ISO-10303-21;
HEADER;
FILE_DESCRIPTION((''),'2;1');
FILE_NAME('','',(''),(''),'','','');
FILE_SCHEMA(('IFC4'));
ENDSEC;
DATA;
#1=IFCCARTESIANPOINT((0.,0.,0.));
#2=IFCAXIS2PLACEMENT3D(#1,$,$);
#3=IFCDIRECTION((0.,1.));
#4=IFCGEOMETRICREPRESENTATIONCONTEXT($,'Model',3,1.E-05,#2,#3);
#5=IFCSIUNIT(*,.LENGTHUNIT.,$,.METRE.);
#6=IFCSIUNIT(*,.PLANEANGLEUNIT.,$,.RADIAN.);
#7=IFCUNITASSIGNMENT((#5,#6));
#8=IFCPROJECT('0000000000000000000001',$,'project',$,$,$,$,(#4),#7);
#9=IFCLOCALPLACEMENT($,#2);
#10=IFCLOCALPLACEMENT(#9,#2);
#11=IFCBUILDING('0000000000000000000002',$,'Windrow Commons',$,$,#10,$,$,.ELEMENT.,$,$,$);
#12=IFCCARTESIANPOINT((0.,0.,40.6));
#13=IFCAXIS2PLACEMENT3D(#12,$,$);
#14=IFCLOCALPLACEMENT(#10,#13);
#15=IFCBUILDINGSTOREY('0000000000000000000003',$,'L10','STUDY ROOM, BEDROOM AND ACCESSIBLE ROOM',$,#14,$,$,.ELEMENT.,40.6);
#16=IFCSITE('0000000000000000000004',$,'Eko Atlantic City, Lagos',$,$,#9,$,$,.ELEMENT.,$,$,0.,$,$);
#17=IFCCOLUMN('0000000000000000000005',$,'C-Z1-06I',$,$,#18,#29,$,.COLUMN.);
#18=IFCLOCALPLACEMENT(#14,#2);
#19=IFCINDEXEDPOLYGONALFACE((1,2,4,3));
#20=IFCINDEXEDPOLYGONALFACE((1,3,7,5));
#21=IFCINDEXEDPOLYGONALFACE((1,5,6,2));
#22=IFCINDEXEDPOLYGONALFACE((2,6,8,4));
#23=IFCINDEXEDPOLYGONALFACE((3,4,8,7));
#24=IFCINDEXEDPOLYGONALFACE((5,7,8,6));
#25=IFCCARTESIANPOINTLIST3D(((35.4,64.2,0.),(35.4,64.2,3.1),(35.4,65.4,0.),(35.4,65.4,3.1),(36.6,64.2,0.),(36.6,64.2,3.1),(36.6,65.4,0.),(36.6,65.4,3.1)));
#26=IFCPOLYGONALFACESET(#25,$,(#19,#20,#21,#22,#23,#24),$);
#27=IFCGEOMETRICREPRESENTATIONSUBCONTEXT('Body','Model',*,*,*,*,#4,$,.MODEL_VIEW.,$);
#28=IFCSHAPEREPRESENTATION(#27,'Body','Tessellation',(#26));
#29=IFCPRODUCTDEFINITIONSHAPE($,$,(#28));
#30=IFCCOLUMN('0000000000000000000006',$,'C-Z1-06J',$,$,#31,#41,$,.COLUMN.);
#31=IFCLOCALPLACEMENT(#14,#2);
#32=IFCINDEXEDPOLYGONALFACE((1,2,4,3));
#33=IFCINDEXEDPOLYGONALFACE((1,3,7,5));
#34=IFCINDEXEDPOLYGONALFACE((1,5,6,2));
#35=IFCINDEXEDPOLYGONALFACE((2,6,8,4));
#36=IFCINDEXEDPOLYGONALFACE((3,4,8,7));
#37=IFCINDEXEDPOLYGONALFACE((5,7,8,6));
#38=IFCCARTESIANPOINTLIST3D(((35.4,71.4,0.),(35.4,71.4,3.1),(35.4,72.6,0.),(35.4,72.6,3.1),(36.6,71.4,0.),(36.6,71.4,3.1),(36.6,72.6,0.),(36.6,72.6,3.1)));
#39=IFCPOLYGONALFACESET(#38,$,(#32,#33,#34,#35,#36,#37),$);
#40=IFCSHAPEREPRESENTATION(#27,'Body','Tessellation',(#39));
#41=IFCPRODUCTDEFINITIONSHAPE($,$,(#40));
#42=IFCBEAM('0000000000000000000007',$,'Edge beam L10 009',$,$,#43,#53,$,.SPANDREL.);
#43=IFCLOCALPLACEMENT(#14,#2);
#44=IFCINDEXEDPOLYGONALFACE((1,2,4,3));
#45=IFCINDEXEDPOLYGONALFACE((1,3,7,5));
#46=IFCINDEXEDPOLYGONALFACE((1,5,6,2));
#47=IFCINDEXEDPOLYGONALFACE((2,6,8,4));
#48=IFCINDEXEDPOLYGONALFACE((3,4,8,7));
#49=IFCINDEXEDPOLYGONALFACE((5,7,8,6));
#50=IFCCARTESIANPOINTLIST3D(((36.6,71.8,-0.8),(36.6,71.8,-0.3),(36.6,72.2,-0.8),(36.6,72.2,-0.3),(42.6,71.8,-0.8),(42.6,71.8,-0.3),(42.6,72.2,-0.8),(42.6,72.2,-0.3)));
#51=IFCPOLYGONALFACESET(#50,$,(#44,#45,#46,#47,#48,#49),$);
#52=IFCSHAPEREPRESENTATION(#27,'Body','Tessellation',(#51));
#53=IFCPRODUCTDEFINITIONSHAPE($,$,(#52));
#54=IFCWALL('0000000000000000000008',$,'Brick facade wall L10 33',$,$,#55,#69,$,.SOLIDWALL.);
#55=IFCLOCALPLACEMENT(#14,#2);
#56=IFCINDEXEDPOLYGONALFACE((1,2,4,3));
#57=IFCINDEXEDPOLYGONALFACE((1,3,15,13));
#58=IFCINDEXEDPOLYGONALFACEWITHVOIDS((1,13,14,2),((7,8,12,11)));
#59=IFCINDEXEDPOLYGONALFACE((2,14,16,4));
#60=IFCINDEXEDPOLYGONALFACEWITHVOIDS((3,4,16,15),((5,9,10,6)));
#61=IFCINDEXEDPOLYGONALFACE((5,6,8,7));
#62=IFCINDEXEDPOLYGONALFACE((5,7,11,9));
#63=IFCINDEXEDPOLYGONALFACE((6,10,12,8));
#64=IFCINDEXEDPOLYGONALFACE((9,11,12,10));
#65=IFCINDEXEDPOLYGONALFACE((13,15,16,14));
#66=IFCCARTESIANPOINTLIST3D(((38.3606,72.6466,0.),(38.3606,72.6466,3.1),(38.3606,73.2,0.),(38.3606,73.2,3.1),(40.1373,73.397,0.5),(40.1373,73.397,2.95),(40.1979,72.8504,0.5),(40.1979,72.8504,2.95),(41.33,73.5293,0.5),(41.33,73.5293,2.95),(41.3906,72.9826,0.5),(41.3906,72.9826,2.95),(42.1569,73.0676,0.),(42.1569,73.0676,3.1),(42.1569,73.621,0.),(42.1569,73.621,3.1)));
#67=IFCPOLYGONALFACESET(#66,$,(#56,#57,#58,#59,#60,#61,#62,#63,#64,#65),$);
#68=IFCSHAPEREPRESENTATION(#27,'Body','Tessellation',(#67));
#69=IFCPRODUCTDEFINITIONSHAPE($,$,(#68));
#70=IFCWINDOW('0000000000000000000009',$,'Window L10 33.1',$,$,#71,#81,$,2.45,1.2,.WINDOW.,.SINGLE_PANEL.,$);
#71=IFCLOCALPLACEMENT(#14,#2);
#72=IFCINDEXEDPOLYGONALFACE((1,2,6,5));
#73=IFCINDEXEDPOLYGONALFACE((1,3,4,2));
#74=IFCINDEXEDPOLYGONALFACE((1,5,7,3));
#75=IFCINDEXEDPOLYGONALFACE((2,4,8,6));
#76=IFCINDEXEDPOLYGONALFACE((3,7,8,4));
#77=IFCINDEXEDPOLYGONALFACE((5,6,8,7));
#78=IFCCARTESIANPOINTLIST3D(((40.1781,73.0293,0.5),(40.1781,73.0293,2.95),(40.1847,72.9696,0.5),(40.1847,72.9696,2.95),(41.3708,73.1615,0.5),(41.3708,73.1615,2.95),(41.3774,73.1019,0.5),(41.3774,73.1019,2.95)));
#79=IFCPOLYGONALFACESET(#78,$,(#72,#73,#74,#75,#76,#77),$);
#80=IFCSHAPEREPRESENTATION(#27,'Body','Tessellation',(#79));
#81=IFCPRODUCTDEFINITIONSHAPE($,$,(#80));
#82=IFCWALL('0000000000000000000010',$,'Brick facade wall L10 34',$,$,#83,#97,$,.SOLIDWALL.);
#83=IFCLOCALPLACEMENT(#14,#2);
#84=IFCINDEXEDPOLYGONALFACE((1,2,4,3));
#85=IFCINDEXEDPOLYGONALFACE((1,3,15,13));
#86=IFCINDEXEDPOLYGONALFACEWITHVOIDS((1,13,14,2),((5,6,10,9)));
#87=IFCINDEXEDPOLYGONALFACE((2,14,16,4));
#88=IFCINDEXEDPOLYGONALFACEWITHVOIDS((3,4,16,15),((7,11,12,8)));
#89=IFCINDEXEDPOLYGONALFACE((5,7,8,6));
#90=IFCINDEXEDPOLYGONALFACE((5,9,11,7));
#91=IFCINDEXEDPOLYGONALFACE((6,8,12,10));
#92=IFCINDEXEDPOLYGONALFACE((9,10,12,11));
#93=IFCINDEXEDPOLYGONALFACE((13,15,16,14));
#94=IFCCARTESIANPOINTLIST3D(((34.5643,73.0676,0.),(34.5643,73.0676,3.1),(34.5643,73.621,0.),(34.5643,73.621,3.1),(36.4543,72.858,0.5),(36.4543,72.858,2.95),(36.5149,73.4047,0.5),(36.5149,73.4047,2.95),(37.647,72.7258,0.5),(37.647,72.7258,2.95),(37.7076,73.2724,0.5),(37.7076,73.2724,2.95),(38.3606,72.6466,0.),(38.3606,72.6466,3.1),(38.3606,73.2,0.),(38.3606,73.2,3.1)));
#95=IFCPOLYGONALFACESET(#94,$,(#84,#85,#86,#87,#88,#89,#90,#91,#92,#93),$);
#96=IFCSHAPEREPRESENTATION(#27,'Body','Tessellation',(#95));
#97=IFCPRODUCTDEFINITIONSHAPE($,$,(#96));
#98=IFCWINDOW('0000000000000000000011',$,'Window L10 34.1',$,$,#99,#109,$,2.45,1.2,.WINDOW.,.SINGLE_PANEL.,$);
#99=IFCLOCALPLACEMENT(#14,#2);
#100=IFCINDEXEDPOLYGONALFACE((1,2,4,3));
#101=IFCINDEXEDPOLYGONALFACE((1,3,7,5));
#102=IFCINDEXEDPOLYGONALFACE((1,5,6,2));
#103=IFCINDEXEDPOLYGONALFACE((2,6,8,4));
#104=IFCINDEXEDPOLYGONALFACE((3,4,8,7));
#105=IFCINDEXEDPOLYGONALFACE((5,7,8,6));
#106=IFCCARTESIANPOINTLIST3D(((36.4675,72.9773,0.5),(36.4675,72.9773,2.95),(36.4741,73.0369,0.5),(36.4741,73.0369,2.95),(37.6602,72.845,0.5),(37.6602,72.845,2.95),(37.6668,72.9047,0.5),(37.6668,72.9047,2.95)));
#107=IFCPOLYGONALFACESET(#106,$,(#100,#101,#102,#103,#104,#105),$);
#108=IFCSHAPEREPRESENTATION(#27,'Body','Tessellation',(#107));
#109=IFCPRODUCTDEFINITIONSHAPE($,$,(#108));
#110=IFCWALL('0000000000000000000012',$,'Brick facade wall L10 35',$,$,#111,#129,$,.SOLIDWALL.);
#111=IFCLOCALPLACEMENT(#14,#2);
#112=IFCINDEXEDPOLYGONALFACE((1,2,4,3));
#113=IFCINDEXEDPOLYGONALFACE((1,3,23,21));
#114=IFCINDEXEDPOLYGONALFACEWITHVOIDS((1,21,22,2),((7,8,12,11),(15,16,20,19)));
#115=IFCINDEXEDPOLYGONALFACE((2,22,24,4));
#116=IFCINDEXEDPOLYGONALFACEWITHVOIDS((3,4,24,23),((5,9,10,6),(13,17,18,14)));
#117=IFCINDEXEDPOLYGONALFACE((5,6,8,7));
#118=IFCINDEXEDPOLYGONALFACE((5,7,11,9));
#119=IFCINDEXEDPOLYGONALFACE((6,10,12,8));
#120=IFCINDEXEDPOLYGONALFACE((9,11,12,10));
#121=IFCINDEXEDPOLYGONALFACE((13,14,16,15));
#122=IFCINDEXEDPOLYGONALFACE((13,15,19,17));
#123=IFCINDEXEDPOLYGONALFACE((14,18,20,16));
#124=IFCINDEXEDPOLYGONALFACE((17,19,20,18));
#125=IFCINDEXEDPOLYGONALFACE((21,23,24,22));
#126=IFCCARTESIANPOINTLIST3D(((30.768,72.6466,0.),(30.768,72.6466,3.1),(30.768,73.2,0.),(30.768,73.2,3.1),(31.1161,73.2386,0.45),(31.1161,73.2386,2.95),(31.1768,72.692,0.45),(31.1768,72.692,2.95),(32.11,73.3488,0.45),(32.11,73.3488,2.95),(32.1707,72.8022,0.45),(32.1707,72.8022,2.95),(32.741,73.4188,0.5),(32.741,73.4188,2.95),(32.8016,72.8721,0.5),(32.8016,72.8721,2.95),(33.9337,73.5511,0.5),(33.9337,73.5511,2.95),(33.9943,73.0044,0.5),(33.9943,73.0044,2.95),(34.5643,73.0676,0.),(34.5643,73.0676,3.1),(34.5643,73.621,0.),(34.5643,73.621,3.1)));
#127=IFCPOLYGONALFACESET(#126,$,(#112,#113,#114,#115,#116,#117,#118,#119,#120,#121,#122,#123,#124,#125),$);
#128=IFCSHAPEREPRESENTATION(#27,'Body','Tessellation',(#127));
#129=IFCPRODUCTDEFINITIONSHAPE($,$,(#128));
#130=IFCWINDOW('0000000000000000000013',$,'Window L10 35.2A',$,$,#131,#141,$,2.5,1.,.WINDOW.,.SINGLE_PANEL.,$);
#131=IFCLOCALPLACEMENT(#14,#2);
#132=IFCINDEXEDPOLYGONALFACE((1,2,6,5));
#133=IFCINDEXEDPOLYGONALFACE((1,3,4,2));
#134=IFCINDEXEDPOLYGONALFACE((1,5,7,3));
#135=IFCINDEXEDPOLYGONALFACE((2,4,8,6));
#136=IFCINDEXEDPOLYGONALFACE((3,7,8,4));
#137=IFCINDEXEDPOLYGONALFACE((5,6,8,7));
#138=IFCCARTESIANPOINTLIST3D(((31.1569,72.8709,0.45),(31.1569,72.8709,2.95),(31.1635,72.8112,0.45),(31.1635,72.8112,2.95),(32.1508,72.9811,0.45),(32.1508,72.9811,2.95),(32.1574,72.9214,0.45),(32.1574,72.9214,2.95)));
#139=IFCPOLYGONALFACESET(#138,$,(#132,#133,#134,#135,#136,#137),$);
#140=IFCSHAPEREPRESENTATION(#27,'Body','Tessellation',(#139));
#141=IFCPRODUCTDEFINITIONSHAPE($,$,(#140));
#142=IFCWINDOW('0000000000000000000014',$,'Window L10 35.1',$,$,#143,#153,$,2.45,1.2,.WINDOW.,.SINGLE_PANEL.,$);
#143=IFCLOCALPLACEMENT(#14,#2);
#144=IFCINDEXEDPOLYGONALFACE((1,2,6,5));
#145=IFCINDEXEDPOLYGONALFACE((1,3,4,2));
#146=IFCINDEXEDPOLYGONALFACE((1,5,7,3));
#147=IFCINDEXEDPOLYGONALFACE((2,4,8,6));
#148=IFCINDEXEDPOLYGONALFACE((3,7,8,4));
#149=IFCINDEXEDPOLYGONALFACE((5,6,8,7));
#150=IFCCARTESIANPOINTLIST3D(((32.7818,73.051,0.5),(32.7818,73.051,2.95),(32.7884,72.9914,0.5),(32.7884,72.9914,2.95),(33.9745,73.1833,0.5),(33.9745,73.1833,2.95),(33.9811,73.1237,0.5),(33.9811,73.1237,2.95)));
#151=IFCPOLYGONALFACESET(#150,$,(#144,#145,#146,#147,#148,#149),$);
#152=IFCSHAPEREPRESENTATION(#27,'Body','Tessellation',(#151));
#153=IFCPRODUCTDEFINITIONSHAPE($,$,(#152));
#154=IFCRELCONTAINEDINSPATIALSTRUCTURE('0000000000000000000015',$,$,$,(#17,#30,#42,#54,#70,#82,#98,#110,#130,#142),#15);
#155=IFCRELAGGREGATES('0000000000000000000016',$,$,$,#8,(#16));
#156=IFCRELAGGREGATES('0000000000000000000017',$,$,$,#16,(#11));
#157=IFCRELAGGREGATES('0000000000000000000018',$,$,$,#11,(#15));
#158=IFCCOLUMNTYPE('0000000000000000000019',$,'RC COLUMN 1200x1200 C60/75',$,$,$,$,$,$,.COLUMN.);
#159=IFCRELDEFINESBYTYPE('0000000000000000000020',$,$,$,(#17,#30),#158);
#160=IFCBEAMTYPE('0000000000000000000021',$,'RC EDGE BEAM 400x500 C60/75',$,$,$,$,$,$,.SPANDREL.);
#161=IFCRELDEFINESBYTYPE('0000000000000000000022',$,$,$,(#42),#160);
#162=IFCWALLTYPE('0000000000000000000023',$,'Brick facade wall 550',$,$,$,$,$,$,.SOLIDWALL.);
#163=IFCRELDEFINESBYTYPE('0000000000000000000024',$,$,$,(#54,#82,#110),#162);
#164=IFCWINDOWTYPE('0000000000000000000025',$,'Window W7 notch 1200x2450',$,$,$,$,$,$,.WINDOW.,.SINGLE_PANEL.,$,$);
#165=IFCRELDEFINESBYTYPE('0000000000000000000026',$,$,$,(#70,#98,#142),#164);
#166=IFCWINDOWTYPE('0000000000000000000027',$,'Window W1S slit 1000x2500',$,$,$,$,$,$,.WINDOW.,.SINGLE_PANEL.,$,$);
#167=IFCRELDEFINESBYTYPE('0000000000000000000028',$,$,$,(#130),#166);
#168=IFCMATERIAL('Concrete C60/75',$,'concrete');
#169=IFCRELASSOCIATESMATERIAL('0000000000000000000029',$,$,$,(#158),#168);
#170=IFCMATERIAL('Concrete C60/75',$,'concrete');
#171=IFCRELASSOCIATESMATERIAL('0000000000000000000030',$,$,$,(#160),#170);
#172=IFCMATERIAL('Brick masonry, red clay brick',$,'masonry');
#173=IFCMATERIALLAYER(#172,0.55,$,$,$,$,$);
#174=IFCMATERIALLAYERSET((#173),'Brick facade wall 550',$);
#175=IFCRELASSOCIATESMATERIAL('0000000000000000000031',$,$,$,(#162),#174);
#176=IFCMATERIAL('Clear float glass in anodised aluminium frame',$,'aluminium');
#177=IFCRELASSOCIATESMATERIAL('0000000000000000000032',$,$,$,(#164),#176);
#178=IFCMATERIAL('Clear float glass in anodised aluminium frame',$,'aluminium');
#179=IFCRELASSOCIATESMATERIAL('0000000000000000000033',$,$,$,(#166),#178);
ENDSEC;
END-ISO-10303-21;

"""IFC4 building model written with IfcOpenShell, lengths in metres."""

from ifc_helpers import new_model, si_unit, direction, frame, frame_2d, origin, origin_2d, place, context, subcontext, project, spatial, polyline, rectangle, outline, extrude, material, layer, layer_set, material_profile, profile_set, type_object, element, fill, save


model = new_model("IFC4")

# Units and contexts
model_context = context("Model", 3, precision=1e-05, world=origin(), true_north=direction((0.0, 1.0)))
body_context = subcontext(model_context, "Body", "Model", "MODEL_VIEW")
ifc_project = project(units=[si_unit("LENGTHUNIT", "METRE"), si_unit("PLANEANGLEUNIT", "RADIAN")], contexts=[model_context])

# Site, building, storey
site_placement = place(None, origin())
site = spatial("IfcSite", under=ifc_project, at=site_placement, Name="Eko Atlantic City, Lagos", CompositionType="ELEMENT", RefElevation=0.0)
building_placement = place(site_placement, origin())
building = spatial("IfcBuilding", under=site, at=building_placement, Name="Windrow Commons", CompositionType="ELEMENT")
storey_placement = place(building_placement, frame((0.0, 0.0, 40.6)))
storey = spatial("IfcBuildingStorey", under=building, at=storey_placement, Name="L10", Description="STUDY ROOM, BEDROOM AND ACCESSIBLE ROOM", CompositionType="ELEMENT", Elevation=40.6)

# Columns
ifc_material_1 = material(Name="Concrete C60/75", Category="concrete")
ifc_material_profile_1 = material_profile(ifc_material_1, rectangle(XDim=1.2, YDim=1.2, at=origin_2d()))
ifc_profile_set_1 = profile_set([ifc_material_profile_1], Name="Concrete C60/75")
column_type = type_object("IfcColumnType", Name="RC COLUMN 1200x1200 C60/75", PredefinedType="COLUMN", material=ifc_profile_set_1)
for number, where, z_axis, x_axis, name in (
    (1, (36.0, 64.8, 0.0), (0.0, 0.0, 1.0), (1.0, 0.0, 0.0), "C-Z1-06I"),
    (2, (36.0, 72.0, 0.0), (0.0, 0.0, 1.0), (1.0, 0.0, 0.0), "C-Z1-06J"),
):
    element("IfcColumn", number, at=place(storey_placement, frame(where, z_axis=z_axis, x_axis=x_axis)), inside=storey, type_object=column_type, Name=name, PredefinedType="COLUMN", context=body_context, shape_type="SweptSolid", body=[
        extrude(rectangle(XDim=1.2, YDim=1.2, at=origin_2d()), origin(), (0.0, 0.0, 1.0), 3.1),
    ])

# Beam
ifc_material_2 = material(Name="Concrete C60/75", Category="concrete")
ifc_material_profile_2 = material_profile(ifc_material_2, rectangle(XDim=0.4, YDim=0.5, at=origin_2d()))
ifc_profile_set_2 = profile_set([ifc_material_profile_2], Name="Concrete C60/75")
beam_type = type_object("IfcBeamType", Name="RC EDGE BEAM 400x500 C60/75", PredefinedType="SPANDREL", material=ifc_profile_set_2)
beam_placement = place(storey_placement, frame((36.6, 72.0, -0.55), z_axis=(1.0, 0.0, 0.0), x_axis=(0.0, 1.0, 0.0)))
element("IfcBeam", 3, at=beam_placement, inside=storey, type_object=beam_type, Name="Edge beam L10 009", PredefinedType="SPANDREL", context=body_context, shape_type="SweptSolid", body=[
    extrude(rectangle(XDim=0.4, YDim=0.5, at=origin_2d()), origin(), (0.0, 0.0, 1.0), 6.0),
])

# Walls, openings, windows
ifc_material_3 = material(Name="Brick masonry, red clay brick", Category="masonry")
ifc_layer_1 = layer(ifc_material_3, 0.55)
ifc_layer_set_1 = layer_set([ifc_layer_1], Name="Brick facade wall 550")
wall_type_1 = type_object("IfcWallType", Name="Brick facade wall 550", PredefinedType="SOLIDWALL", material=ifc_layer_set_1)
wall_1_placement = place(storey_placement, frame((42.1569, 73.3443, 0.0), z_axis=(0.0, 0.0, 1.0), x_axis=(-0.993907, -0.110222, 0.0)))
wall_1 = element("IfcWall", 4, at=wall_1_placement, inside=storey, type_object=wall_type_1, Name="Brick facade wall L10 33", PredefinedType="SOLIDWALL", context=body_context, shape_type="SweptSolid", body=[
    extrude(outline(polyline([(-0.0305, -0.275), (3.7891, -0.275), (3.8501, 0.275), (0.0305, 0.275), (-0.0305, -0.275)])), origin(), (0.0, 0.0, 1.0), 3.1),
])
opening_1_placement = place(wall_1_placement, frame((0.8015, 0.0, 0.5)))
opening_1 = element("IfcOpeningElement", 5, at=opening_1_placement, cuts=wall_1, PredefinedType="OPENING", context=body_context, shape_type="SweptSolid", body=[
    extrude(rectangle(XDim=1.2, YDim=2.45, at=frame_2d((0.6, 1.225))), frame((0.0, 0.285, 0.0), z_axis=(0.0, -1.0, 0.0), x_axis=(1.0, 0.0, 0.0)), (0.0, 0.0, 1.0), 0.57),
])
ifc_material_4 = material(Name="Clear float glass in anodised aluminium frame", Category="aluminium")
window_type_1 = type_object("IfcWindowType", Name="Window W7 notch 1200x2450", PartitioningType="SINGLE_PANEL", PredefinedType="WINDOW", material=ifc_material_4)
window_1_placement = place(opening_1_placement, origin())
window_1 = element("IfcWindow", 6, at=window_1_placement, inside=storey, type_object=window_type_1, Name="Window L10 33.1", OverallHeight=2.45, OverallWidth=1.2, PartitioningType="SINGLE_PANEL", PredefinedType="WINDOW", context=body_context, shape_type="SweptSolid", body=[
    extrude(rectangle(XDim=1.2, YDim=2.45, at=frame_2d((0.6, 1.225))), frame((0.0, 0.155, 0.0), z_axis=(0.0, -1.0, 0.0), x_axis=(1.0, 0.0, 0.0)), (0.0, 0.0, 1.0), 0.06),
])
fill(opening_1, window_1)
wall_2_placement = place(storey_placement, frame((38.3606, 72.9233, 0.0), z_axis=(0.0, 0.0, 1.0), x_axis=(-0.993907, 0.110222, 0.0)))
wall_2 = element("IfcWall", 7, at=wall_2_placement, inside=storey, type_object=wall_type_1, Name="Brick facade wall L10 34", PredefinedType="SOLIDWALL", context=body_context, shape_type="SweptSolid", body=[
    extrude(outline(polyline([(0.0305, -0.275), (3.8501, -0.275), (3.7891, 0.275), (-0.0305, 0.275), (0.0305, -0.275)])), origin(), (0.0, 0.0, 1.0), 3.1),
])
opening_2_placement = place(wall_2_placement, frame((0.6875, 0.0, 0.5)))
opening_2 = element("IfcOpeningElement", 8, at=opening_2_placement, cuts=wall_2, PredefinedType="OPENING", context=body_context, shape_type="SweptSolid", body=[
    extrude(rectangle(XDim=1.2, YDim=2.45, at=frame_2d((0.6, 1.225))), frame((0.0, 0.285, 0.0), z_axis=(0.0, -1.0, 0.0), x_axis=(1.0, 0.0, 0.0)), (0.0, 0.0, 1.0), 0.57),
])
window_2_placement = place(opening_2_placement, origin())
window_2 = element("IfcWindow", 9, at=window_2_placement, inside=storey, type_object=window_type_1, Name="Window L10 34.1", OverallHeight=2.45, OverallWidth=1.2, PartitioningType="SINGLE_PANEL", PredefinedType="WINDOW", context=body_context, shape_type="SweptSolid", body=[
    extrude(rectangle(XDim=1.2, YDim=2.45, at=frame_2d((0.6, 1.225))), frame((0.0, 0.155, 0.0), z_axis=(0.0, -1.0, 0.0), x_axis=(1.0, 0.0, 0.0)), (0.0, 0.0, 1.0), 0.06),
])
fill(opening_2, window_2)

# Wall, openings, windows
wall_3_placement = place(storey_placement, frame((34.5643, 73.3443, 0.0), z_axis=(0.0, 0.0, 1.0), x_axis=(-0.993907, -0.110219, 0.0)))
wall_3 = element("IfcWall", 10, at=wall_3_placement, inside=storey, type_object=wall_type_1, Name="Brick facade wall L10 35", PredefinedType="SOLIDWALL", context=body_context, shape_type="SweptSolid", body=[
    extrude(outline(polyline([(-0.0305, -0.275), (3.7891, -0.275), (3.8501, 0.275), (0.0305, 0.275), (-0.0305, -0.275)])), origin(), (0.0, 0.0, 1.0), 3.1),
])
opening_3_placement = place(wall_3_placement, frame((0.604, 0.0, 0.5)))
opening_3 = element("IfcOpeningElement", 11, at=opening_3_placement, cuts=wall_3, PredefinedType="OPENING", context=body_context, shape_type="SweptSolid", body=[
    extrude(rectangle(XDim=1.2, YDim=2.45, at=frame_2d((0.6, 1.225))), frame((0.0, 0.285, 0.0), z_axis=(0.0, -1.0, 0.0), x_axis=(1.0, 0.0, 0.0)), (0.0, 0.0, 1.0), 0.57),
])
opening_4_placement = place(wall_3_placement, frame((2.4388, 0.0, 0.45)))
opening_4 = element("IfcOpeningElement", 12, at=opening_4_placement, cuts=wall_3, PredefinedType="OPENING", context=body_context, shape_type="SweptSolid", body=[
    extrude(rectangle(XDim=1.0, YDim=2.5, at=frame_2d((0.5, 1.25))), frame((0.0, 0.285, 0.0), z_axis=(0.0, -1.0, 0.0), x_axis=(1.0, 0.0, 0.0)), (0.0, 0.0, 1.0), 0.57),
])
ifc_material_5 = material(Name="Clear float glass in anodised aluminium frame", Category="aluminium")
window_type_2 = type_object("IfcWindowType", Name="Window W1S slit 1000x2500", PartitioningType="SINGLE_PANEL", PredefinedType="WINDOW", material=ifc_material_5)
window_3_placement = place(opening_4_placement, origin())
window_3 = element("IfcWindow", 13, at=window_3_placement, inside=storey, type_object=window_type_2, Name="Window L10 35.2A", OverallHeight=2.5, OverallWidth=1.0, PartitioningType="SINGLE_PANEL", PredefinedType="WINDOW", context=body_context, shape_type="SweptSolid", body=[
    extrude(rectangle(XDim=1.0, YDim=2.5, at=frame_2d((0.5, 1.25))), frame((0.0, 0.155, 0.0), z_axis=(0.0, -1.0, 0.0), x_axis=(1.0, 0.0, 0.0)), (0.0, 0.0, 1.0), 0.06),
])
fill(opening_4, window_3)
window_4_placement = place(opening_3_placement, origin())
window_4 = element("IfcWindow", 14, at=window_4_placement, inside=storey, type_object=window_type_1, Name="Window L10 35.1", OverallHeight=2.45, OverallWidth=1.2, PartitioningType="SINGLE_PANEL", PredefinedType="WINDOW", context=body_context, shape_type="SweptSolid", body=[
    extrude(rectangle(XDim=1.2, YDim=2.45, at=frame_2d((0.6, 1.225))), frame((0.0, 0.155, 0.0), z_axis=(0.0, -1.0, 0.0), x_axis=(1.0, 0.0, 0.0)), (0.0, 0.0, 1.0), 0.06),
])
fill(opening_3, window_4)

save(model, "model.ifc")
